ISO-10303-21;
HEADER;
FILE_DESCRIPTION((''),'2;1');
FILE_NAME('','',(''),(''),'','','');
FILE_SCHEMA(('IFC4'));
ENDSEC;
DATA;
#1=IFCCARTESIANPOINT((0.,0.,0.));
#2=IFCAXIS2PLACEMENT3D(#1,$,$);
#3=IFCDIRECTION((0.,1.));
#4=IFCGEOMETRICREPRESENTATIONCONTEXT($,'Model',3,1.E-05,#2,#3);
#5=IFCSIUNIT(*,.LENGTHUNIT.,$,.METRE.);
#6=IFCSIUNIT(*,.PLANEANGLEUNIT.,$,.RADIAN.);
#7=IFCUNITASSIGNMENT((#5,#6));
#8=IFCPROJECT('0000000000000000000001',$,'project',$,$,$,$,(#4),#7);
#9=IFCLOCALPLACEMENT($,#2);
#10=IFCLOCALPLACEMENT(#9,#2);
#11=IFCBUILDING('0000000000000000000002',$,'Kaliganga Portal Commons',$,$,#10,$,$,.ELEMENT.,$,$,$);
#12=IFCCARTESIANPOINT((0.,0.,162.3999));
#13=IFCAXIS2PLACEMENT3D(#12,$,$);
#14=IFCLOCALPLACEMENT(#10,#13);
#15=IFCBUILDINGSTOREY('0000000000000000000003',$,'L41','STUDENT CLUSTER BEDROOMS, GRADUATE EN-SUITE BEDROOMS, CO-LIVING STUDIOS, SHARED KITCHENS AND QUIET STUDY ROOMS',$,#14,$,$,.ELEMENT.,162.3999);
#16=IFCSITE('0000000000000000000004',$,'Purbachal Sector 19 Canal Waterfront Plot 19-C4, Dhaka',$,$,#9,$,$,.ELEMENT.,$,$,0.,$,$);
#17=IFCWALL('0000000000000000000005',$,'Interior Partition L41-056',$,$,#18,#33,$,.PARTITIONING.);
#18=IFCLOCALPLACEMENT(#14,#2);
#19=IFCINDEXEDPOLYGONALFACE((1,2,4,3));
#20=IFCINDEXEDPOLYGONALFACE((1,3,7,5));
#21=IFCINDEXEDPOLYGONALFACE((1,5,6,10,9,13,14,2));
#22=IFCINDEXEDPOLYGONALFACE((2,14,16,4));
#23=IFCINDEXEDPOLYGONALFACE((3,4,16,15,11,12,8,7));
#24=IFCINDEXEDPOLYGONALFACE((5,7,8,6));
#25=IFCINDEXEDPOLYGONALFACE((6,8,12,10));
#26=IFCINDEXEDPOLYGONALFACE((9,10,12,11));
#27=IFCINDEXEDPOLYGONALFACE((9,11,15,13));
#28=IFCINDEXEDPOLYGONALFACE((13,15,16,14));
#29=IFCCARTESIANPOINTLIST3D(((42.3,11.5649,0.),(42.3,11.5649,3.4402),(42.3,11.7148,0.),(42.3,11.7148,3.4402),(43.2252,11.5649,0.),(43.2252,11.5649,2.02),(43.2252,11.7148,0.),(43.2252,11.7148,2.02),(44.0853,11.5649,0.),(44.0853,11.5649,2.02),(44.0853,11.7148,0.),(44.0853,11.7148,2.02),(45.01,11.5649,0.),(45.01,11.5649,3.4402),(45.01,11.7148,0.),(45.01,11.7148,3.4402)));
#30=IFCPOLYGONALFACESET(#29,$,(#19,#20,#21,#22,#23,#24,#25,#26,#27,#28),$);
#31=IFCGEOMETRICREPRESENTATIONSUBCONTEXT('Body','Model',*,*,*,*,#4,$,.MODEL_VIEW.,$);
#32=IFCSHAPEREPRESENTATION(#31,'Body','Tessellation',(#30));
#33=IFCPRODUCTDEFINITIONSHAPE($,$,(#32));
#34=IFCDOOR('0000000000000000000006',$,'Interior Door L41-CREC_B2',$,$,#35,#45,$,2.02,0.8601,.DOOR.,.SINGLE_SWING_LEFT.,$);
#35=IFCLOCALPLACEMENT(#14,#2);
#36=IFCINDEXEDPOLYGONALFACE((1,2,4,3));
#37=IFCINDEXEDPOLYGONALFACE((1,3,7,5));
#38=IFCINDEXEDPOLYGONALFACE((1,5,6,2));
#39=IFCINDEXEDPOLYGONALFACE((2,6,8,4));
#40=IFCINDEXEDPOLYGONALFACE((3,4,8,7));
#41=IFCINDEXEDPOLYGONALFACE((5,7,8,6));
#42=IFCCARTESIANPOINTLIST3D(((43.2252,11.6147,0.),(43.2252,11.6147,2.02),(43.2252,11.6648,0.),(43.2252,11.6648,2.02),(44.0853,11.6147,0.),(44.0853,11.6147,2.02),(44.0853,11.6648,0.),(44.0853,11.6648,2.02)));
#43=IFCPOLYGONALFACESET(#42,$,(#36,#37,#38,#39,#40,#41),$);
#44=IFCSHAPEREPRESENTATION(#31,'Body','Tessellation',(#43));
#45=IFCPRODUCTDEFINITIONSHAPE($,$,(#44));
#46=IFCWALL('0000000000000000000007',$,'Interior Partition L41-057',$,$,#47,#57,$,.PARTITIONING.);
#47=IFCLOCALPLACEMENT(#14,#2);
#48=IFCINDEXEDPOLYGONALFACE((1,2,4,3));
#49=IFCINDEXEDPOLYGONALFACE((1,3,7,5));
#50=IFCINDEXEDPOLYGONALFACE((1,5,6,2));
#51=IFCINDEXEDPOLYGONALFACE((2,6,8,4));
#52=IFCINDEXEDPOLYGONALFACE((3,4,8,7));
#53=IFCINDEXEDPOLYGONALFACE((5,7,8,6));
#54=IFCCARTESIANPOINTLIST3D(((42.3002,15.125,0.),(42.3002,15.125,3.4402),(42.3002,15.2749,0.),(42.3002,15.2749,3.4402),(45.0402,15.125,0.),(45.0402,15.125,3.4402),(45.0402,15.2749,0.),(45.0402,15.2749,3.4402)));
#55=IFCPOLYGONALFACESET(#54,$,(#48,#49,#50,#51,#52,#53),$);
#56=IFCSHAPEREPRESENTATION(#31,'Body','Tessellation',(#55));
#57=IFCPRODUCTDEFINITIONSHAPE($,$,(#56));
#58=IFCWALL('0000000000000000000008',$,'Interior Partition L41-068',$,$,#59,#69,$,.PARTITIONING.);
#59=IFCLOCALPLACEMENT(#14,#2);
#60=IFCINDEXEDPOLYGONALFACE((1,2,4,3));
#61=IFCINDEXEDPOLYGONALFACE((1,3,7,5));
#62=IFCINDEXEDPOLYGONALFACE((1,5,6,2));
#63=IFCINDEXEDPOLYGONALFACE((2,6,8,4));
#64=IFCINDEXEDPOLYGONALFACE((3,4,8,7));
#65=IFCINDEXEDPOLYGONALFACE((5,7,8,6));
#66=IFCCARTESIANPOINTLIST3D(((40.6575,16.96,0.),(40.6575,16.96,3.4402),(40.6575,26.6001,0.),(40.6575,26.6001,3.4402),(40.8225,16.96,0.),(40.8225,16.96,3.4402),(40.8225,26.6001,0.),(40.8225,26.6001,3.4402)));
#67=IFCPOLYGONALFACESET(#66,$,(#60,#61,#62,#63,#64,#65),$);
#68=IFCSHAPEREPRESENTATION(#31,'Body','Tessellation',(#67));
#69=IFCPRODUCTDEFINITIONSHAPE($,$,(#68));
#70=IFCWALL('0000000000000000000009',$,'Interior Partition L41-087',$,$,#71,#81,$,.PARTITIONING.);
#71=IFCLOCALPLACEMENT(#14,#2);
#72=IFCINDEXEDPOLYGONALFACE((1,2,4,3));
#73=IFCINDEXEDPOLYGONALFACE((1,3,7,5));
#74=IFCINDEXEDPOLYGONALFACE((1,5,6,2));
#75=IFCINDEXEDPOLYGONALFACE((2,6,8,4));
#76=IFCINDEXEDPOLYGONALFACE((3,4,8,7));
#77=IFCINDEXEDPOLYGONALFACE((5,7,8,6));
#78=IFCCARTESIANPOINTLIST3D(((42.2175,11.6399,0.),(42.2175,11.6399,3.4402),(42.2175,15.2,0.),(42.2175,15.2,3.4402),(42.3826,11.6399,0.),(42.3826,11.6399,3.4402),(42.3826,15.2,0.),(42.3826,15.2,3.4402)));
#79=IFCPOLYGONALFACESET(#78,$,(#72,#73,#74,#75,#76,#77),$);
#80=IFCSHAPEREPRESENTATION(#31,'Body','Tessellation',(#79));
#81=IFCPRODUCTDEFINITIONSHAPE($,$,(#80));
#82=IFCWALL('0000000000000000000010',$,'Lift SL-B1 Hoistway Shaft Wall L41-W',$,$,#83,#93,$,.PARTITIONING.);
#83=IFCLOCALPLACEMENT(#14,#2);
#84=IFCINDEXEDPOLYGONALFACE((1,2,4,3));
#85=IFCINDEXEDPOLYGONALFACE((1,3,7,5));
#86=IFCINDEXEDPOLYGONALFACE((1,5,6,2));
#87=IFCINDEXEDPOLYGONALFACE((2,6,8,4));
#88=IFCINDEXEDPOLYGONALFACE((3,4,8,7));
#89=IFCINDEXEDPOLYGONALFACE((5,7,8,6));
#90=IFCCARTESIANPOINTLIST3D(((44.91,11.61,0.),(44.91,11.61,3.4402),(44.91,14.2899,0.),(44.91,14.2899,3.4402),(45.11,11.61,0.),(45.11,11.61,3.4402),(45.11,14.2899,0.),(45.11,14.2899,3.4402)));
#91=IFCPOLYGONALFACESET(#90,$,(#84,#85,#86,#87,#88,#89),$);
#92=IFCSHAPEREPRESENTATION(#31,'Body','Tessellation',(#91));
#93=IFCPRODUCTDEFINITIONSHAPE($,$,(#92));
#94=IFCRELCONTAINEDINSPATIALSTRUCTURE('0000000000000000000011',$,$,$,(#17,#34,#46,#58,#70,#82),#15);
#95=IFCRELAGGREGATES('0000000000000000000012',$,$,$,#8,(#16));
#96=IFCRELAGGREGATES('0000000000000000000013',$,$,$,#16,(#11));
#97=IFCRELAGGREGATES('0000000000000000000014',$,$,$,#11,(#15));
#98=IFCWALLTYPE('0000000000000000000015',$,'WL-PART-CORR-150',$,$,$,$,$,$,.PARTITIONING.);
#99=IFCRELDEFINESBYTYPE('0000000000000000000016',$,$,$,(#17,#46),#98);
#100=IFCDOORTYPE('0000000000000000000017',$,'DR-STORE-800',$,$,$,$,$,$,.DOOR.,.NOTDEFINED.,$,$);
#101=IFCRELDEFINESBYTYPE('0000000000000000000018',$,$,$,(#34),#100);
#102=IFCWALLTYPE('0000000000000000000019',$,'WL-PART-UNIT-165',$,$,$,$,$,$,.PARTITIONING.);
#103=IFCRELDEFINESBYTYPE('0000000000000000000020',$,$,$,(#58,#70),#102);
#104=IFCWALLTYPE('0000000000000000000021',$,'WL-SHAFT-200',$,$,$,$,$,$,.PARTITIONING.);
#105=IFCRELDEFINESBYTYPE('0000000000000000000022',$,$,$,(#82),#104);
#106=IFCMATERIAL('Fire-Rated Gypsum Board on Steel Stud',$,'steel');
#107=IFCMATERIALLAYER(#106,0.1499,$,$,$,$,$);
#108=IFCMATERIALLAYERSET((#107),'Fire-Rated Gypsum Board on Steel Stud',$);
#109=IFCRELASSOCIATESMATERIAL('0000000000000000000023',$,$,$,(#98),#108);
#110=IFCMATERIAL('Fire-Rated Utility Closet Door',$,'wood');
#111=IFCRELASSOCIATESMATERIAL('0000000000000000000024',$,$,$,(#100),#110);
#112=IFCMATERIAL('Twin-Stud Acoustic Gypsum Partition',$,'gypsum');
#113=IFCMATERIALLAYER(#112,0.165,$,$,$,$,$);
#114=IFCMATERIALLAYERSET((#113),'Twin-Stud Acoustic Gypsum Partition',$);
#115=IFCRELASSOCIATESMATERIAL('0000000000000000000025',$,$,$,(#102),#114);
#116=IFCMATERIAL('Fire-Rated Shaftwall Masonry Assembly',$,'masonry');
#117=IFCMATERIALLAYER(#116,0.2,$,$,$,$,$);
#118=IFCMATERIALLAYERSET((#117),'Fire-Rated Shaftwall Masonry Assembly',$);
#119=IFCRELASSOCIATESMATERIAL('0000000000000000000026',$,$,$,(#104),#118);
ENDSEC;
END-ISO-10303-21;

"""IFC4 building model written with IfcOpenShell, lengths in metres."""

from ifc_helpers import new_model, si_unit, direction, frame, frame_2d, origin, place, context, subcontext, project, spatial, rectangle, extrude, material, layer, layer_set, type_object, element, fill, save


model = new_model("IFC4")

# Units and contexts
model_context = context("Model", 3, precision=1e-05, world=origin(), true_north=direction((0.0, 1.0)))
body_context = subcontext(model_context, "Body", "Model", "MODEL_VIEW")
ifc_project = project(units=[si_unit("LENGTHUNIT", "METRE"), si_unit("PLANEANGLEUNIT", "RADIAN")], contexts=[model_context])

# Site, building, storey
site_placement = place(None, origin())
site = spatial("IfcSite", under=ifc_project, at=site_placement, Name="Purbachal Sector 19 Canal Waterfront Plot 19-C4, Dhaka", CompositionType="ELEMENT", RefElevation=0.0)
building_placement = place(site_placement, origin())
building = spatial("IfcBuilding", under=site, at=building_placement, Name="Kaliganga Portal Commons", CompositionType="ELEMENT")
storey_placement = place(building_placement, frame((0.0, 0.0, 162.3999)))
storey = spatial("IfcBuildingStorey", under=building, at=storey_placement, Name="L41", Description="STUDENT CLUSTER BEDROOMS, GRADUATE EN-SUITE BEDROOMS, CO-LIVING STUDIOS, SHARED KITCHENS AND QUIET STUDY ROOMS", CompositionType="ELEMENT", Elevation=162.3999)

# Shared definitions
ifc_material_1 = material(Name="Fire-Rated Gypsum Board on Steel Stud", Category="steel")
ifc_layer_1 = layer(ifc_material_1, 0.1499)
ifc_layer_set_1 = layer_set([ifc_layer_1], Name="Fire-Rated Gypsum Board on Steel Stud")
wall_type_1 = type_object("IfcWallType", Name="WL-PART-CORR-150", PredefinedType="PARTITIONING", material=ifc_layer_set_1)

# Wall, opening, door
wall_1_placement = place(storey_placement, frame((42.3, 11.6399, 0.0), z_axis=(0.0, 0.0, 1.0), x_axis=(1.0, 0.0, 0.0)))
wall_1 = element("IfcWall", 1, at=wall_1_placement, inside=storey, type_object=wall_type_1, Name="Interior Partition L41-056", PredefinedType="PARTITIONING", context=body_context, shape_type="SweptSolid", body=[
    extrude(rectangle(XDim=2.71, YDim=0.1499, at=frame_2d((1.355, 0.0))), origin(), (0.0, 0.0, 1.0), 3.4402),
])
opening_1_placement = place(wall_1_placement, frame((0.925, 0.0, 0.0)))
opening_1 = element("IfcOpeningElement", 2, at=opening_1_placement, cuts=wall_1, PredefinedType="OPENING", context=body_context, shape_type="SweptSolid", body=[
    extrude(rectangle(XDim=0.8601, YDim=2.02, at=frame_2d((0.4302, 1.01))), frame((0.0, 0.085, 0.0), z_axis=(0.0, -1.0, 0.0), x_axis=(1.0, 0.0, 0.0)), (0.0, 0.0, 1.0), 0.1699),
])
ifc_material_2 = material(Name="Fire-Rated Utility Closet Door", Category="wood")
door_type_1 = type_object("IfcDoorType", Name="DR-STORE-800", OperationType="NOTDEFINED", PredefinedType="DOOR", material=ifc_material_2)
door_1_placement = place(opening_1_placement, origin())
door_1 = element("IfcDoor", 3, at=door_1_placement, inside=storey, type_object=door_type_1, Name="Interior Door L41-CREC_B2", OperationType="SINGLE_SWING_LEFT", OverallHeight=2.02, OverallWidth=0.8601, PredefinedType="DOOR", context=body_context, shape_type="SweptSolid", body=[
    extrude(rectangle(XDim=0.8601, YDim=2.02, at=frame_2d((0.4302, 1.01))), frame((0.0, 0.0249, 0.0), z_axis=(0.0, -1.0, 0.0), x_axis=(1.0, 0.0, 0.0)), (0.0, 0.0, 1.0), 0.05),
])
fill(opening_1, door_1)

# Walls
wall_2_placement = place(storey_placement, frame((42.3, 15.2, 0.0), z_axis=(0.0, 0.0, 1.0), x_axis=(1.0, 0.0, 0.0)))
element("IfcWall", 4, at=wall_2_placement, inside=storey, type_object=wall_type_1, Name="Interior Partition L41-057", PredefinedType="PARTITIONING", context=body_context, shape_type="SweptSolid", body=[
    extrude(rectangle(XDim=2.74, YDim=0.1499, at=frame_2d((1.3701, 0.0))), origin(), (0.0, 0.0, 1.0), 3.4402),
])
ifc_material_3 = material(Name="Twin-Stud Acoustic Gypsum Partition", Category="gypsum")
ifc_layer_2 = layer(ifc_material_3, 0.165)
ifc_layer_set_2 = layer_set([ifc_layer_2], Name="Twin-Stud Acoustic Gypsum Partition")
wall_type_2 = type_object("IfcWallType", Name="WL-PART-UNIT-165", PredefinedType="PARTITIONING", material=ifc_layer_set_2)
wall_3_placement = place(storey_placement, frame((40.74, 16.96, 0.0), z_axis=(0.0, 0.0, 1.0), x_axis=(0.0, 1.0, 0.0)))
element("IfcWall", 5, at=wall_3_placement, inside=storey, type_object=wall_type_2, Name="Interior Partition L41-068", PredefinedType="PARTITIONING", context=body_context, shape_type="SweptSolid", body=[
    extrude(rectangle(XDim=9.6401, YDim=0.165, at=frame_2d((4.8201, 0.0))), origin(), (0.0, 0.0, 1.0), 3.4402),
])
wall_4_placement = place(storey_placement, frame((42.3, 11.6399, 0.0), z_axis=(0.0, 0.0, 1.0), x_axis=(0.0, 1.0, 0.0)))
element("IfcWall", 6, at=wall_4_placement, inside=storey, type_object=wall_type_2, Name="Interior Partition L41-087", PredefinedType="PARTITIONING", context=body_context, shape_type="SweptSolid", body=[
    extrude(rectangle(XDim=3.5601, YDim=0.165, at=frame_2d((1.78, 0.0))), origin(), (0.0, 0.0, 1.0), 3.4402),
])

# Shared definitions
ifc_material_4 = material(Name="Fire-Rated Shaftwall Masonry Assembly", Category="masonry")
ifc_layer_3 = layer(ifc_material_4, 0.2)
ifc_layer_set_3 = layer_set([ifc_layer_3], Name="Fire-Rated Shaftwall Masonry Assembly")
wall_type_3 = type_object("IfcWallType", Name="WL-SHAFT-200", PredefinedType="PARTITIONING", material=ifc_layer_set_3)

# Wall
wall_5_placement = place(storey_placement, frame((45.01, 11.6101, 0.0), z_axis=(0.0, 0.0, 1.0), x_axis=(0.0, 1.0, 0.0)))
element("IfcWall", 7, at=wall_5_placement, inside=storey, type_object=wall_type_3, Name="Lift SL-B1 Hoistway Shaft Wall L41-W", PredefinedType="PARTITIONING", context=body_context, shape_type="SweptSolid", body=[
    extrude(rectangle(XDim=2.6799, YDim=0.2, at=frame_2d((1.3398, 0.0))), origin(), (0.0, 0.0, 1.0), 3.4402),
])

save(model, "model.ifc")
